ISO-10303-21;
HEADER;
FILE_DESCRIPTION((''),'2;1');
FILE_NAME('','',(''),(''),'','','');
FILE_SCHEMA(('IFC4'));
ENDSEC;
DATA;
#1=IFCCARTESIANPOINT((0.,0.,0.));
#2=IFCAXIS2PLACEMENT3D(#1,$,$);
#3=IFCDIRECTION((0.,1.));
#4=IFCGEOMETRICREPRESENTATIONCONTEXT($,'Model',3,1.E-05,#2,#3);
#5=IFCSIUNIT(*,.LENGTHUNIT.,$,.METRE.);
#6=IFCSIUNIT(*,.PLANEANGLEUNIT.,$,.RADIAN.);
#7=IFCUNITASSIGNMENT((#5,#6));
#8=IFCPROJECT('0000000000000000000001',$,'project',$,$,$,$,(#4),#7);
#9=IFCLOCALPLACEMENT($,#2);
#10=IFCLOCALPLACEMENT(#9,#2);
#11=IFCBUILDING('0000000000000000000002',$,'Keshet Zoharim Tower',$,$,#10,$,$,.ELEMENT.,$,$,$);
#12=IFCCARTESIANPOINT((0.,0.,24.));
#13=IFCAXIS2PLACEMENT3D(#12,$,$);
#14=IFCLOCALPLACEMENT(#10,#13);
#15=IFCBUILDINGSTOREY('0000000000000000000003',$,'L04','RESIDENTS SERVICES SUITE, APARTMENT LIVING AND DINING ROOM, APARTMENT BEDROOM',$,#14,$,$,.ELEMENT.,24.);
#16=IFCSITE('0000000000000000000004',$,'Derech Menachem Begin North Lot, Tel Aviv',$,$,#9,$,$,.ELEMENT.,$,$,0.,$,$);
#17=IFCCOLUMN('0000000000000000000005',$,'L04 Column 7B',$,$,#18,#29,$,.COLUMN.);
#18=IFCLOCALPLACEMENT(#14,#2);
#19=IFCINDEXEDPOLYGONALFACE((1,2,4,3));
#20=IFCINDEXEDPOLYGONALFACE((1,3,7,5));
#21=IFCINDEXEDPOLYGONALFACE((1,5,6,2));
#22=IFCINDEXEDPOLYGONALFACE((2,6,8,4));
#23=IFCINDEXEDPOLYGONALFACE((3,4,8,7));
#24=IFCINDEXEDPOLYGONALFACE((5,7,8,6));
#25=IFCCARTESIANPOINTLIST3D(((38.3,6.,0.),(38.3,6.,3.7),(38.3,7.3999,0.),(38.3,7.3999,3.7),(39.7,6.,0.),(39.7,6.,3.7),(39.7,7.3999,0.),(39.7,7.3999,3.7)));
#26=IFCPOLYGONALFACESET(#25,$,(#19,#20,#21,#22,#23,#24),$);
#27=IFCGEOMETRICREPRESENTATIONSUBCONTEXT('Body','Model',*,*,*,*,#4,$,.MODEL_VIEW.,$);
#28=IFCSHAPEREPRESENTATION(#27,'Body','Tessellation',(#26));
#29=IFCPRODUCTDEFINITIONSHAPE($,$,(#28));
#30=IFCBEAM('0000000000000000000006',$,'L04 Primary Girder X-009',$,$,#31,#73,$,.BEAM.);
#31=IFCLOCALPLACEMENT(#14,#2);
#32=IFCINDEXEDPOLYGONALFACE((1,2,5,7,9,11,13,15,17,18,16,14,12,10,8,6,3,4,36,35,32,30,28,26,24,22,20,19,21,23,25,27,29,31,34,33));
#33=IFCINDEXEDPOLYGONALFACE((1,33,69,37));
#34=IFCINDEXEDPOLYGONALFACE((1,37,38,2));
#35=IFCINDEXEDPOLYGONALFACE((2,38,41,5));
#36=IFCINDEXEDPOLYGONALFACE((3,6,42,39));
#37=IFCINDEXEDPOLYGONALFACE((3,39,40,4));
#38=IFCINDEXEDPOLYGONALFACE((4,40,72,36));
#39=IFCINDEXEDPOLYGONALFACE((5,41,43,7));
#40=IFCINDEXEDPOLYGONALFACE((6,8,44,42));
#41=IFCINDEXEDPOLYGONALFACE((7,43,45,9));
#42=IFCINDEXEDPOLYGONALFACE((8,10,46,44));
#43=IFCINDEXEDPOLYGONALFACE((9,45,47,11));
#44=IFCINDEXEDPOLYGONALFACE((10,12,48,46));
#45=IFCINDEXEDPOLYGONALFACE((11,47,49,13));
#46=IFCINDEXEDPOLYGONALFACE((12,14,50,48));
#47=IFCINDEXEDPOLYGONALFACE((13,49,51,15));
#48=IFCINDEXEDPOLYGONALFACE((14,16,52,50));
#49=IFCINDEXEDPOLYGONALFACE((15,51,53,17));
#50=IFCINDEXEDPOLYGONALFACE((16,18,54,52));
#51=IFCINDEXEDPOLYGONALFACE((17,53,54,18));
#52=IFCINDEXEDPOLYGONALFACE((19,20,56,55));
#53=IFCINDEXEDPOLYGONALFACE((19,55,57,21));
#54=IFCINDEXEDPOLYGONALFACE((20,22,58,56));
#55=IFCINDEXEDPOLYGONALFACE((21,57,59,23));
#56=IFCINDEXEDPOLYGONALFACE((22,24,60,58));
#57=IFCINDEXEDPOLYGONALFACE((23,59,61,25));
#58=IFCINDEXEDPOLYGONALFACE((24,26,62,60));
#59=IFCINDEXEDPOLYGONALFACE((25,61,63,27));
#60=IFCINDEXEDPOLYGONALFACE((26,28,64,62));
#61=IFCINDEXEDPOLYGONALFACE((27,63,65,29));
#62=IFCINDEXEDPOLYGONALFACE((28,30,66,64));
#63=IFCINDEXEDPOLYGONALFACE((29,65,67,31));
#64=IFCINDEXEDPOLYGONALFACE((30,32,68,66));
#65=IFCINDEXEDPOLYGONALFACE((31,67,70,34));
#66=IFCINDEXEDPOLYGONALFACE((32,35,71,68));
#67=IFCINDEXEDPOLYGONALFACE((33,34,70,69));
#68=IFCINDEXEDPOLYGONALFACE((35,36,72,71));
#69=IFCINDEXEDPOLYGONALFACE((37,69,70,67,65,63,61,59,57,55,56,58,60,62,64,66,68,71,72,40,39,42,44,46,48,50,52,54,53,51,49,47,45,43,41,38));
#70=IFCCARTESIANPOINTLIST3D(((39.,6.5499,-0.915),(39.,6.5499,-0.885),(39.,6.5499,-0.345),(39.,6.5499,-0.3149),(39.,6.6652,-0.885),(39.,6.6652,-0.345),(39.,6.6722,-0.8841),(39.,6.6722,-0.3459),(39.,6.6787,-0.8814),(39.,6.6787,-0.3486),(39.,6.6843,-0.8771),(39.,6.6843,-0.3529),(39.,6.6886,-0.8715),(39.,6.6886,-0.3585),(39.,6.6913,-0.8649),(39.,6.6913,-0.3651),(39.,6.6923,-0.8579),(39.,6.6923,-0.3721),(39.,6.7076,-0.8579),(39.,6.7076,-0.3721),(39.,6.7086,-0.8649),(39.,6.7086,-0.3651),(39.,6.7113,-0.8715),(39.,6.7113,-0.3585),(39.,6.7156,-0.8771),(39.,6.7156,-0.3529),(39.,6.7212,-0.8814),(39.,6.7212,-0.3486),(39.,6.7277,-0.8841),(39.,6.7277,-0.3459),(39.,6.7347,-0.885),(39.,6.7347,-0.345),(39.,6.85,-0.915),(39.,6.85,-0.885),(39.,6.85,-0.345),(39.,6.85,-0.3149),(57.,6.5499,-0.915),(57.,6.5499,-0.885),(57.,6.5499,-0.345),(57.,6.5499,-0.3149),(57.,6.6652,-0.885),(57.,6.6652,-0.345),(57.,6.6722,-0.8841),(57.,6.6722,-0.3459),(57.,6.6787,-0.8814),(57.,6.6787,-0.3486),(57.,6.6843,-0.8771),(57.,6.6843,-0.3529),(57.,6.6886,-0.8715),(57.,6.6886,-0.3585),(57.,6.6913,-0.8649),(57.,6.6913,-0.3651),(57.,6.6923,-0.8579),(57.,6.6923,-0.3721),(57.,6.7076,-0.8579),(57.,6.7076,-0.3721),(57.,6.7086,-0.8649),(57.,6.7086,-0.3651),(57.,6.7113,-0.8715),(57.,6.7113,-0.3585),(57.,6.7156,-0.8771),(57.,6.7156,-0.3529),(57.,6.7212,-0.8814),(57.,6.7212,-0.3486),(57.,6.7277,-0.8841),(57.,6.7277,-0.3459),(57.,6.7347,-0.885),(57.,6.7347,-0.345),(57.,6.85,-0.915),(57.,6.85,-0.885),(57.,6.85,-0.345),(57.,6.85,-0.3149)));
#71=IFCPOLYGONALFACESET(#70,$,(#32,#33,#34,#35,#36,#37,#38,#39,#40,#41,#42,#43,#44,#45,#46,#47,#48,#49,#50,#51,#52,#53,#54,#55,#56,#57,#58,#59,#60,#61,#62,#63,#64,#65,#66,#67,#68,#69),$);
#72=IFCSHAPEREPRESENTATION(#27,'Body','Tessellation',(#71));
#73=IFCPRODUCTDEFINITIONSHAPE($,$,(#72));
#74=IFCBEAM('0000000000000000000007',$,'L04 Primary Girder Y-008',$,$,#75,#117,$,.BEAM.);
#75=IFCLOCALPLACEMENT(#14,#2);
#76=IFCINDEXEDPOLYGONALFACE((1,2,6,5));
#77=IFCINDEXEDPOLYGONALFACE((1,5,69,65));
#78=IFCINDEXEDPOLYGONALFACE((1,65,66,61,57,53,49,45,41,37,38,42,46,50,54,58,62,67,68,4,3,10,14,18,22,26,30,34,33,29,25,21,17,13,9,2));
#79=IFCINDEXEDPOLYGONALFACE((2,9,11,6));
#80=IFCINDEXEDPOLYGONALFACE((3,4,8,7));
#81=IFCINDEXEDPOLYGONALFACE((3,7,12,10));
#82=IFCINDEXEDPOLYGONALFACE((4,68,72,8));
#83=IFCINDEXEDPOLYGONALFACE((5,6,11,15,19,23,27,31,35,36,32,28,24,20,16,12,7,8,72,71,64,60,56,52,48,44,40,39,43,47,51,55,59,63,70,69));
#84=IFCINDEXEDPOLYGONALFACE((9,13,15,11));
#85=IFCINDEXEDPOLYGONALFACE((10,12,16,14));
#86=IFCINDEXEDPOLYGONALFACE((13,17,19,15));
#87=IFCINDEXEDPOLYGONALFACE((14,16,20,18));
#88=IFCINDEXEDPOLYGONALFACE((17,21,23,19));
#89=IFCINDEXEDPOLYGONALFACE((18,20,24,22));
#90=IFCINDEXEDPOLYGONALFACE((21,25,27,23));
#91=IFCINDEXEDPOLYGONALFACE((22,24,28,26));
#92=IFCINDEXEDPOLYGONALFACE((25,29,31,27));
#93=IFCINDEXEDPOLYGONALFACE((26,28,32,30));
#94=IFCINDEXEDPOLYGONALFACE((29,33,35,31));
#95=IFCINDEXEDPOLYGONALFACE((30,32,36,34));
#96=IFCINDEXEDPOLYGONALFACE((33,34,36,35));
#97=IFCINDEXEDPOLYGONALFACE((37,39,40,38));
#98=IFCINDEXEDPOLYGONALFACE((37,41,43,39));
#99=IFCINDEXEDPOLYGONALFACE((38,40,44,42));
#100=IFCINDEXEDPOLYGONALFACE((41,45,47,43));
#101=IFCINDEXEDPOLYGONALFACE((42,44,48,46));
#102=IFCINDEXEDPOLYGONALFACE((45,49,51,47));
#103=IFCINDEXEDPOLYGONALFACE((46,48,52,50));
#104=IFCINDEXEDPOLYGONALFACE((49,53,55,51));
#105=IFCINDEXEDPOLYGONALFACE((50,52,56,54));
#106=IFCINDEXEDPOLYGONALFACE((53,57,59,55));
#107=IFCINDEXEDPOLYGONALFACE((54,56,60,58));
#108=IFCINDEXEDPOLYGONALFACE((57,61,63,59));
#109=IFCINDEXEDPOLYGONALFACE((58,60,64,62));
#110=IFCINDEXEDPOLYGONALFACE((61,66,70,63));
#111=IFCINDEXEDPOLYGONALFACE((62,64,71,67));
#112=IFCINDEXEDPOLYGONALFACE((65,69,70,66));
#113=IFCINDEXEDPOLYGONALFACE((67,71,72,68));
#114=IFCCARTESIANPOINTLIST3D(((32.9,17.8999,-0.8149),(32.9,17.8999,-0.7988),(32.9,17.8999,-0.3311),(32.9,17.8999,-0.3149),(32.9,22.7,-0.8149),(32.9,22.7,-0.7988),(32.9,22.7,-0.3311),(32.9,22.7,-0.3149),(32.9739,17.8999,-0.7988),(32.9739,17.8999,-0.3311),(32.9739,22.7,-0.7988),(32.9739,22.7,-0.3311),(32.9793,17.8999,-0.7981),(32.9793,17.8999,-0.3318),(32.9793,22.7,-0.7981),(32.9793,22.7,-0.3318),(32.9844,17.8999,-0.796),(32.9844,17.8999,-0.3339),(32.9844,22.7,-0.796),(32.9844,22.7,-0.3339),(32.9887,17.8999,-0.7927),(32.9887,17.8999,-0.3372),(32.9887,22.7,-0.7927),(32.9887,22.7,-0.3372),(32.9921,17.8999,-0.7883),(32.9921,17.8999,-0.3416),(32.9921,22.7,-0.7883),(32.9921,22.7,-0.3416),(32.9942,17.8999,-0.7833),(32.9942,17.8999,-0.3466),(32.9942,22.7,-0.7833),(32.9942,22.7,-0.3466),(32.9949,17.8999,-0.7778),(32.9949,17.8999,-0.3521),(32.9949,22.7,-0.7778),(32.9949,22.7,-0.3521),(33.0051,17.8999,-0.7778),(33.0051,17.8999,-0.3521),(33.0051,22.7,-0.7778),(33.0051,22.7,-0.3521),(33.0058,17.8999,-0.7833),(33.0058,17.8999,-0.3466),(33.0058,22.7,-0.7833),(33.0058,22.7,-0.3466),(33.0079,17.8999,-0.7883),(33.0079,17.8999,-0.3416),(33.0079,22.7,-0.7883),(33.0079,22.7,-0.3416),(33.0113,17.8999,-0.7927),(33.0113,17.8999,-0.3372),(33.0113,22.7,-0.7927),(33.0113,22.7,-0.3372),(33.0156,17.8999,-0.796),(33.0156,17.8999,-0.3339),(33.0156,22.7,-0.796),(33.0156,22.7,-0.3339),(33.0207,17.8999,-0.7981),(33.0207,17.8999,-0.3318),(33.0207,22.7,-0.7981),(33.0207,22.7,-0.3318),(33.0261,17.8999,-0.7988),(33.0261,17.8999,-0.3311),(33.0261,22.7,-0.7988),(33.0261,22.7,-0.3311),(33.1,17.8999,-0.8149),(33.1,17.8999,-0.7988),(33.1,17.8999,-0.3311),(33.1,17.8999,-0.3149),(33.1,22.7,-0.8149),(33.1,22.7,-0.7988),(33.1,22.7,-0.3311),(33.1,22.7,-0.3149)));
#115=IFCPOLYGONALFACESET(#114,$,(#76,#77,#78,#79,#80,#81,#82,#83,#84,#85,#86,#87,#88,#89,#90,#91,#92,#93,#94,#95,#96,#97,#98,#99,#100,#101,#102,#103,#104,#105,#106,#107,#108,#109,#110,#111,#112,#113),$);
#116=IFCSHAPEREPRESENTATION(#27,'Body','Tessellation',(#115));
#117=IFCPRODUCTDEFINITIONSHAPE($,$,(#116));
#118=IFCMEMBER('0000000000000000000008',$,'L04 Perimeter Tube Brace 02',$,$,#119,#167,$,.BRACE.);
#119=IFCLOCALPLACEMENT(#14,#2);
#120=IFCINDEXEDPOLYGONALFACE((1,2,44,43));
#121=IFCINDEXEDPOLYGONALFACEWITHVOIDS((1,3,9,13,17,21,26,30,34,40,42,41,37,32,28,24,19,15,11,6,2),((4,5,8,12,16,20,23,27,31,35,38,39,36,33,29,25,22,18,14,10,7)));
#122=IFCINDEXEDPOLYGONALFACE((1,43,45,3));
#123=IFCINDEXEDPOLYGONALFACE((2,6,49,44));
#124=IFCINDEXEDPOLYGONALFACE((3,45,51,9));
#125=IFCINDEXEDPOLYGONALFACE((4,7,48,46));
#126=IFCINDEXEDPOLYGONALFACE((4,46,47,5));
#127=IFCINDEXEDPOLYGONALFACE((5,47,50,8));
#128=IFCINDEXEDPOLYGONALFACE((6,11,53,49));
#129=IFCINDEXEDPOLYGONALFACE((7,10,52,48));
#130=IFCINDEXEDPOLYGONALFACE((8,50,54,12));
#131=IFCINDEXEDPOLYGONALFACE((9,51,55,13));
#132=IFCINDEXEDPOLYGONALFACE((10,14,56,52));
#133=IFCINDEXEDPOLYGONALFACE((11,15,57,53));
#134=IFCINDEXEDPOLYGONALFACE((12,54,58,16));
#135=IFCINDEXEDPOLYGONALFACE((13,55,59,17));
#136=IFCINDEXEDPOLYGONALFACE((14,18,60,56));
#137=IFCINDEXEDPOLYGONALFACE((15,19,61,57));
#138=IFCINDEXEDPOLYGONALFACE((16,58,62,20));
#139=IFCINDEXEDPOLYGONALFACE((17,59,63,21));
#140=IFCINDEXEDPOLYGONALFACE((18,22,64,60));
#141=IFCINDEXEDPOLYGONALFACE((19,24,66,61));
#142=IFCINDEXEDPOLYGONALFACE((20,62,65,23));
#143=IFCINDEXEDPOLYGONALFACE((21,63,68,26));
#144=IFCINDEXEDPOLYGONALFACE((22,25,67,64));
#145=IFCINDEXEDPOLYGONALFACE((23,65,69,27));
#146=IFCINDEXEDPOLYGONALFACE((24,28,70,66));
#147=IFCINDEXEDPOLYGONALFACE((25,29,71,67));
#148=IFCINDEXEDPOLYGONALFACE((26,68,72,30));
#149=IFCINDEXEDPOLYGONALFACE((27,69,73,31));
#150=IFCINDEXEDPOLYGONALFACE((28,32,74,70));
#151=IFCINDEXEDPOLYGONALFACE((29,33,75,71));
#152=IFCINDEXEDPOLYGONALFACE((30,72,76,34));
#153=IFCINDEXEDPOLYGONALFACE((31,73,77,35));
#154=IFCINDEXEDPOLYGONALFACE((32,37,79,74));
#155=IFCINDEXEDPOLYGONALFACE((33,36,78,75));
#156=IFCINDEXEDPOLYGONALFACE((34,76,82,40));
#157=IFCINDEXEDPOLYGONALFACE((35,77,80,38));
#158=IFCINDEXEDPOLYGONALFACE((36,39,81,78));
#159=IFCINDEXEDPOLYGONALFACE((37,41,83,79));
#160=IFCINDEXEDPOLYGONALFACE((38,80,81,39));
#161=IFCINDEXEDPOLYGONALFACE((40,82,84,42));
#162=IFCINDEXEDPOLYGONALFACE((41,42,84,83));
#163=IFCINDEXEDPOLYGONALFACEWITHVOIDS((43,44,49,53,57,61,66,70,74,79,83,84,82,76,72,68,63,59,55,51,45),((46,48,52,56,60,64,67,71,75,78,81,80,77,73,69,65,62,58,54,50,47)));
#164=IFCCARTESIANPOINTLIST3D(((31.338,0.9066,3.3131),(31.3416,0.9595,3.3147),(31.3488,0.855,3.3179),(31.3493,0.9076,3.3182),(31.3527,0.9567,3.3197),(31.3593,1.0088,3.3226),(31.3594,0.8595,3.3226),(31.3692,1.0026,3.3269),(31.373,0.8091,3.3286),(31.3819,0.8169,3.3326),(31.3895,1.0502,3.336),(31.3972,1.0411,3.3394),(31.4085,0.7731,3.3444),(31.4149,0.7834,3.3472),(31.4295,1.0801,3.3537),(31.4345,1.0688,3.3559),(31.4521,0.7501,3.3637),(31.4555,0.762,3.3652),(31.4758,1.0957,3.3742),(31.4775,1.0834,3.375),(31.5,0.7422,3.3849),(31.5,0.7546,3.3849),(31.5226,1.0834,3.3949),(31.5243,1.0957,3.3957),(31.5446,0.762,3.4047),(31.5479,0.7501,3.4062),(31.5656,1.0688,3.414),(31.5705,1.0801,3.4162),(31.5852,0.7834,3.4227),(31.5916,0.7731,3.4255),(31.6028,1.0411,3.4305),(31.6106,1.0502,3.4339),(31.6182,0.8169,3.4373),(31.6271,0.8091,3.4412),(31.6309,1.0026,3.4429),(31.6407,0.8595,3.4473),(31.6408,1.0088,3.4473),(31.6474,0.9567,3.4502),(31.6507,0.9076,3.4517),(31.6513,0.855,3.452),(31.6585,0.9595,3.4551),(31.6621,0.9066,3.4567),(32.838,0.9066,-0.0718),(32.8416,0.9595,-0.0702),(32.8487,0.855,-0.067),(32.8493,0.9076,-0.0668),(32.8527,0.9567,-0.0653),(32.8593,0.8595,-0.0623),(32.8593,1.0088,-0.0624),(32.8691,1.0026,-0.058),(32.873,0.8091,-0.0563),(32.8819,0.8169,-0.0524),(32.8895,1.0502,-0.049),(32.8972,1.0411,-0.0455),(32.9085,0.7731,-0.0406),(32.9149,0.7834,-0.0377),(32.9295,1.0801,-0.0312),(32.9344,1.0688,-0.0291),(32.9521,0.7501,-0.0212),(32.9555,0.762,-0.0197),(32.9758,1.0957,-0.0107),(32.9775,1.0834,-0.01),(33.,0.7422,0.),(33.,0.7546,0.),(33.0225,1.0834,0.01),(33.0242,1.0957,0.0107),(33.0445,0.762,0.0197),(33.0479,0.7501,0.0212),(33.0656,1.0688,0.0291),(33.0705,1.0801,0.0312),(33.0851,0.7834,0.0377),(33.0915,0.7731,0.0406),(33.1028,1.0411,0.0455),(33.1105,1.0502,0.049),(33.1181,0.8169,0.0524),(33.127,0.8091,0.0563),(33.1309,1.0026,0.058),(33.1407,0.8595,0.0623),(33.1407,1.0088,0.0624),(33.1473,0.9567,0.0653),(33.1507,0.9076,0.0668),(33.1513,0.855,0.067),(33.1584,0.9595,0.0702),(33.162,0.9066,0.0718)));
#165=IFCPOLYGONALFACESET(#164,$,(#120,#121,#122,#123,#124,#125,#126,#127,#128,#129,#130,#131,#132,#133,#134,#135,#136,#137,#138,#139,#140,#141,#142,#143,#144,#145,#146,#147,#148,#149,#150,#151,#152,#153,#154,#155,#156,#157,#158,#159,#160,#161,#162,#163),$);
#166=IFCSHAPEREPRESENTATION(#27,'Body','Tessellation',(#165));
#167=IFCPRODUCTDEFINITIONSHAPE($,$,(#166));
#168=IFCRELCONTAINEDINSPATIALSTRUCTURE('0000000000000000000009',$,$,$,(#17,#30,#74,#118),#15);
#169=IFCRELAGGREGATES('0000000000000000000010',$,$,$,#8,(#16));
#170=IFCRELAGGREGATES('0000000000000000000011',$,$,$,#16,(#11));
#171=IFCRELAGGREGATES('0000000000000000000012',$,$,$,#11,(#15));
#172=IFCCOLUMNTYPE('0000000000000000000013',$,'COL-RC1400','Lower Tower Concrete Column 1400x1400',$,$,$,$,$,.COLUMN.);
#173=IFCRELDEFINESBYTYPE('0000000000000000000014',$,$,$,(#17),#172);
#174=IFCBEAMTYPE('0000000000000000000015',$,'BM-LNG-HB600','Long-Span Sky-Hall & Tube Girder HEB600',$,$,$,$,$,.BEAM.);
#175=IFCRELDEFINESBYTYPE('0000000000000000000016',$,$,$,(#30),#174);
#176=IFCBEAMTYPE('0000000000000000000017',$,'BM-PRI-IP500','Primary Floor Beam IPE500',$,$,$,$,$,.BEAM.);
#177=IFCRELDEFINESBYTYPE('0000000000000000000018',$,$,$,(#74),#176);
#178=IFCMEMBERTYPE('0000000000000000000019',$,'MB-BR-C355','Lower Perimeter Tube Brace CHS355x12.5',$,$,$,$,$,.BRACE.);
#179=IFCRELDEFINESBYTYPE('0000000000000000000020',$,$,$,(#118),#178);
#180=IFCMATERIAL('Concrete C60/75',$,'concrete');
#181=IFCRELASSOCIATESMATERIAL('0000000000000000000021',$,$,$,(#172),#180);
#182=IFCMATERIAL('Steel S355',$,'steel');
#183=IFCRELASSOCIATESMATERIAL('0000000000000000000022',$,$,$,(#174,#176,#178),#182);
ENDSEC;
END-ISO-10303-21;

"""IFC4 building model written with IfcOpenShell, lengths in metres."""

from ifc_helpers import new_model, si_unit, direction, frame, origin, origin_2d, place, context, subcontext, project, spatial, rectangle, hollow_circle, i_section, extrude, material, material_profile, profile_set, type_object, element, save


model = new_model("IFC4")

# Units and contexts
model_context = context("Model", 3, precision=1e-05, world=origin(), true_north=direction((0.0, 1.0)))
body_context = subcontext(model_context, "Body", "Model", "MODEL_VIEW")
ifc_project = project(units=[si_unit("LENGTHUNIT", "METRE"), si_unit("PLANEANGLEUNIT", "RADIAN")], contexts=[model_context])

# Site, building, storey
site_placement = place(None, origin())
site = spatial("IfcSite", under=ifc_project, at=site_placement, Name="Derech Menachem Begin North Lot, Tel Aviv", CompositionType="ELEMENT", RefElevation=0.0)
building_placement = place(site_placement, origin())
building = spatial("IfcBuilding", under=site, at=building_placement, Name="Keshet Zoharim Tower", CompositionType="ELEMENT")
storey_placement = place(building_placement, frame((0.0, 0.0, 24.0)))
storey = spatial("IfcBuildingStorey", under=building, at=storey_placement, Name="L04", Description="RESIDENTS SERVICES SUITE, APARTMENT LIVING AND DINING ROOM, APARTMENT BEDROOM", CompositionType="ELEMENT", Elevation=24.0)

# Column
ifc_material_1 = material(Name="Concrete C60/75", Category="concrete")
ifc_material_profile_1 = material_profile(ifc_material_1, rectangle(XDim=1.3999, YDim=1.3999, at=origin_2d()), Name="RC1400x1400")
ifc_profile_set_1 = profile_set([ifc_material_profile_1], Name="Concrete C60/75")
column_type = type_object("IfcColumnType", Name="COL-RC1400", Description="Lower Tower Concrete Column 1400x1400", PredefinedType="COLUMN", material=ifc_profile_set_1)
column_placement = place(storey_placement, frame((39.0, 6.7, 0.0), z_axis=(0.0, 0.0, 1.0), x_axis=(1.0, 0.0, 0.0)))
element("IfcColumn", 1, at=column_placement, inside=storey, type_object=column_type, Name="L04 Column 7B", PredefinedType="COLUMN", context=body_context, shape_type="SweptSolid", body=[
    extrude(rectangle(XDim=1.3999, YDim=1.3999, at=origin_2d()), origin(), (0.0, 0.0, 1.0), 3.7),
])

# Beams
ifc_material_2 = material(Name="Steel S355", Category="steel")
ifc_material_profile_2 = material_profile(ifc_material_2, i_section(OverallWidth=0.3, OverallDepth=0.6001, WebThickness=0.0154, FlangeThickness=0.03, FilletRadius=0.0271, at=origin_2d()), Name="HEB600")
ifc_profile_set_2 = profile_set([ifc_material_profile_2], Name="Steel S355")
beam_type_1 = type_object("IfcBeamType", Name="BM-LNG-HB600", Description="Long-Span Sky-Hall & Tube Girder HEB600", PredefinedType="BEAM", material=ifc_profile_set_2)
beam_1_placement = place(storey_placement, frame((39.0, 6.7, -0.615), z_axis=(1.0, 0.0, 0.0), x_axis=(0.0, 1.0, 0.0)))
element("IfcBeam", 2, at=beam_1_placement, inside=storey, type_object=beam_type_1, Name="L04 Primary Girder X-009", PredefinedType="BEAM", context=body_context, shape_type="SweptSolid", body=[
    extrude(i_section(OverallWidth=0.3, OverallDepth=0.6001, WebThickness=0.0154, FlangeThickness=0.03, FilletRadius=0.0271, at=origin_2d()), origin(), (0.0, 0.0, 1.0), 18.0),
])
ifc_material_profile_3 = material_profile(ifc_material_2, i_section(OverallWidth=0.2, OverallDepth=0.5, WebThickness=0.0103, FlangeThickness=0.0161, FilletRadius=0.021, at=origin_2d()), Name="IPE500")
ifc_profile_set_3 = profile_set([ifc_material_profile_3], Name="Steel S355")
beam_type_2 = type_object("IfcBeamType", Name="BM-PRI-IP500", Description="Primary Floor Beam IPE500", PredefinedType="BEAM", material=ifc_profile_set_3)
beam_2_placement = place(storey_placement, frame((33.0, 17.8999, -0.5649), z_axis=(0.0, 1.0, 0.0), x_axis=(-1.0, 0.0, 0.0)))
element("IfcBeam", 3, at=beam_2_placement, inside=storey, type_object=beam_type_2, Name="L04 Primary Girder Y-008", PredefinedType="BEAM", context=body_context, shape_type="SweptSolid", body=[
    extrude(i_section(OverallWidth=0.2, OverallDepth=0.5, WebThickness=0.0103, FlangeThickness=0.0161, FilletRadius=0.021, at=origin_2d()), origin(), (0.0, 0.0, 1.0), 4.8),
])

# Member
ifc_material_profile_4 = material_profile(ifc_material_2, hollow_circle(Radius=0.1777, WallThickness=0.0125, at=origin_2d()), Name="CHS355x12.5")
ifc_profile_set_4 = profile_set([ifc_material_profile_4], Name="Steel S355")
member_type = type_object("IfcMemberType", Name="MB-BR-C355", Description="Lower Perimeter Tube Brace CHS355x12.5", PredefinedType="BRACE", material=ifc_profile_set_4)
for number, where, z_axis, x_axis, name in (
    (4, (33.0, 0.9199, 0.0), (-0.405135, 0.0, 0.914257), (0.0, -1.0, 0.0), "L04 Perimeter Tube Brace 02"),
):
    element("IfcMember", number, at=place(storey_placement, frame(where, z_axis=z_axis, x_axis=x_axis)), inside=storey, type_object=member_type, Name=name, PredefinedType="BRACE", context=body_context, shape_type="SweptSolid", body=[
        extrude(hollow_circle(Radius=0.1777, WallThickness=0.0125, at=origin_2d()), origin(), (0.0, 0.0, 1.0), 3.7024),
    ])

save(model, "model.ifc")
